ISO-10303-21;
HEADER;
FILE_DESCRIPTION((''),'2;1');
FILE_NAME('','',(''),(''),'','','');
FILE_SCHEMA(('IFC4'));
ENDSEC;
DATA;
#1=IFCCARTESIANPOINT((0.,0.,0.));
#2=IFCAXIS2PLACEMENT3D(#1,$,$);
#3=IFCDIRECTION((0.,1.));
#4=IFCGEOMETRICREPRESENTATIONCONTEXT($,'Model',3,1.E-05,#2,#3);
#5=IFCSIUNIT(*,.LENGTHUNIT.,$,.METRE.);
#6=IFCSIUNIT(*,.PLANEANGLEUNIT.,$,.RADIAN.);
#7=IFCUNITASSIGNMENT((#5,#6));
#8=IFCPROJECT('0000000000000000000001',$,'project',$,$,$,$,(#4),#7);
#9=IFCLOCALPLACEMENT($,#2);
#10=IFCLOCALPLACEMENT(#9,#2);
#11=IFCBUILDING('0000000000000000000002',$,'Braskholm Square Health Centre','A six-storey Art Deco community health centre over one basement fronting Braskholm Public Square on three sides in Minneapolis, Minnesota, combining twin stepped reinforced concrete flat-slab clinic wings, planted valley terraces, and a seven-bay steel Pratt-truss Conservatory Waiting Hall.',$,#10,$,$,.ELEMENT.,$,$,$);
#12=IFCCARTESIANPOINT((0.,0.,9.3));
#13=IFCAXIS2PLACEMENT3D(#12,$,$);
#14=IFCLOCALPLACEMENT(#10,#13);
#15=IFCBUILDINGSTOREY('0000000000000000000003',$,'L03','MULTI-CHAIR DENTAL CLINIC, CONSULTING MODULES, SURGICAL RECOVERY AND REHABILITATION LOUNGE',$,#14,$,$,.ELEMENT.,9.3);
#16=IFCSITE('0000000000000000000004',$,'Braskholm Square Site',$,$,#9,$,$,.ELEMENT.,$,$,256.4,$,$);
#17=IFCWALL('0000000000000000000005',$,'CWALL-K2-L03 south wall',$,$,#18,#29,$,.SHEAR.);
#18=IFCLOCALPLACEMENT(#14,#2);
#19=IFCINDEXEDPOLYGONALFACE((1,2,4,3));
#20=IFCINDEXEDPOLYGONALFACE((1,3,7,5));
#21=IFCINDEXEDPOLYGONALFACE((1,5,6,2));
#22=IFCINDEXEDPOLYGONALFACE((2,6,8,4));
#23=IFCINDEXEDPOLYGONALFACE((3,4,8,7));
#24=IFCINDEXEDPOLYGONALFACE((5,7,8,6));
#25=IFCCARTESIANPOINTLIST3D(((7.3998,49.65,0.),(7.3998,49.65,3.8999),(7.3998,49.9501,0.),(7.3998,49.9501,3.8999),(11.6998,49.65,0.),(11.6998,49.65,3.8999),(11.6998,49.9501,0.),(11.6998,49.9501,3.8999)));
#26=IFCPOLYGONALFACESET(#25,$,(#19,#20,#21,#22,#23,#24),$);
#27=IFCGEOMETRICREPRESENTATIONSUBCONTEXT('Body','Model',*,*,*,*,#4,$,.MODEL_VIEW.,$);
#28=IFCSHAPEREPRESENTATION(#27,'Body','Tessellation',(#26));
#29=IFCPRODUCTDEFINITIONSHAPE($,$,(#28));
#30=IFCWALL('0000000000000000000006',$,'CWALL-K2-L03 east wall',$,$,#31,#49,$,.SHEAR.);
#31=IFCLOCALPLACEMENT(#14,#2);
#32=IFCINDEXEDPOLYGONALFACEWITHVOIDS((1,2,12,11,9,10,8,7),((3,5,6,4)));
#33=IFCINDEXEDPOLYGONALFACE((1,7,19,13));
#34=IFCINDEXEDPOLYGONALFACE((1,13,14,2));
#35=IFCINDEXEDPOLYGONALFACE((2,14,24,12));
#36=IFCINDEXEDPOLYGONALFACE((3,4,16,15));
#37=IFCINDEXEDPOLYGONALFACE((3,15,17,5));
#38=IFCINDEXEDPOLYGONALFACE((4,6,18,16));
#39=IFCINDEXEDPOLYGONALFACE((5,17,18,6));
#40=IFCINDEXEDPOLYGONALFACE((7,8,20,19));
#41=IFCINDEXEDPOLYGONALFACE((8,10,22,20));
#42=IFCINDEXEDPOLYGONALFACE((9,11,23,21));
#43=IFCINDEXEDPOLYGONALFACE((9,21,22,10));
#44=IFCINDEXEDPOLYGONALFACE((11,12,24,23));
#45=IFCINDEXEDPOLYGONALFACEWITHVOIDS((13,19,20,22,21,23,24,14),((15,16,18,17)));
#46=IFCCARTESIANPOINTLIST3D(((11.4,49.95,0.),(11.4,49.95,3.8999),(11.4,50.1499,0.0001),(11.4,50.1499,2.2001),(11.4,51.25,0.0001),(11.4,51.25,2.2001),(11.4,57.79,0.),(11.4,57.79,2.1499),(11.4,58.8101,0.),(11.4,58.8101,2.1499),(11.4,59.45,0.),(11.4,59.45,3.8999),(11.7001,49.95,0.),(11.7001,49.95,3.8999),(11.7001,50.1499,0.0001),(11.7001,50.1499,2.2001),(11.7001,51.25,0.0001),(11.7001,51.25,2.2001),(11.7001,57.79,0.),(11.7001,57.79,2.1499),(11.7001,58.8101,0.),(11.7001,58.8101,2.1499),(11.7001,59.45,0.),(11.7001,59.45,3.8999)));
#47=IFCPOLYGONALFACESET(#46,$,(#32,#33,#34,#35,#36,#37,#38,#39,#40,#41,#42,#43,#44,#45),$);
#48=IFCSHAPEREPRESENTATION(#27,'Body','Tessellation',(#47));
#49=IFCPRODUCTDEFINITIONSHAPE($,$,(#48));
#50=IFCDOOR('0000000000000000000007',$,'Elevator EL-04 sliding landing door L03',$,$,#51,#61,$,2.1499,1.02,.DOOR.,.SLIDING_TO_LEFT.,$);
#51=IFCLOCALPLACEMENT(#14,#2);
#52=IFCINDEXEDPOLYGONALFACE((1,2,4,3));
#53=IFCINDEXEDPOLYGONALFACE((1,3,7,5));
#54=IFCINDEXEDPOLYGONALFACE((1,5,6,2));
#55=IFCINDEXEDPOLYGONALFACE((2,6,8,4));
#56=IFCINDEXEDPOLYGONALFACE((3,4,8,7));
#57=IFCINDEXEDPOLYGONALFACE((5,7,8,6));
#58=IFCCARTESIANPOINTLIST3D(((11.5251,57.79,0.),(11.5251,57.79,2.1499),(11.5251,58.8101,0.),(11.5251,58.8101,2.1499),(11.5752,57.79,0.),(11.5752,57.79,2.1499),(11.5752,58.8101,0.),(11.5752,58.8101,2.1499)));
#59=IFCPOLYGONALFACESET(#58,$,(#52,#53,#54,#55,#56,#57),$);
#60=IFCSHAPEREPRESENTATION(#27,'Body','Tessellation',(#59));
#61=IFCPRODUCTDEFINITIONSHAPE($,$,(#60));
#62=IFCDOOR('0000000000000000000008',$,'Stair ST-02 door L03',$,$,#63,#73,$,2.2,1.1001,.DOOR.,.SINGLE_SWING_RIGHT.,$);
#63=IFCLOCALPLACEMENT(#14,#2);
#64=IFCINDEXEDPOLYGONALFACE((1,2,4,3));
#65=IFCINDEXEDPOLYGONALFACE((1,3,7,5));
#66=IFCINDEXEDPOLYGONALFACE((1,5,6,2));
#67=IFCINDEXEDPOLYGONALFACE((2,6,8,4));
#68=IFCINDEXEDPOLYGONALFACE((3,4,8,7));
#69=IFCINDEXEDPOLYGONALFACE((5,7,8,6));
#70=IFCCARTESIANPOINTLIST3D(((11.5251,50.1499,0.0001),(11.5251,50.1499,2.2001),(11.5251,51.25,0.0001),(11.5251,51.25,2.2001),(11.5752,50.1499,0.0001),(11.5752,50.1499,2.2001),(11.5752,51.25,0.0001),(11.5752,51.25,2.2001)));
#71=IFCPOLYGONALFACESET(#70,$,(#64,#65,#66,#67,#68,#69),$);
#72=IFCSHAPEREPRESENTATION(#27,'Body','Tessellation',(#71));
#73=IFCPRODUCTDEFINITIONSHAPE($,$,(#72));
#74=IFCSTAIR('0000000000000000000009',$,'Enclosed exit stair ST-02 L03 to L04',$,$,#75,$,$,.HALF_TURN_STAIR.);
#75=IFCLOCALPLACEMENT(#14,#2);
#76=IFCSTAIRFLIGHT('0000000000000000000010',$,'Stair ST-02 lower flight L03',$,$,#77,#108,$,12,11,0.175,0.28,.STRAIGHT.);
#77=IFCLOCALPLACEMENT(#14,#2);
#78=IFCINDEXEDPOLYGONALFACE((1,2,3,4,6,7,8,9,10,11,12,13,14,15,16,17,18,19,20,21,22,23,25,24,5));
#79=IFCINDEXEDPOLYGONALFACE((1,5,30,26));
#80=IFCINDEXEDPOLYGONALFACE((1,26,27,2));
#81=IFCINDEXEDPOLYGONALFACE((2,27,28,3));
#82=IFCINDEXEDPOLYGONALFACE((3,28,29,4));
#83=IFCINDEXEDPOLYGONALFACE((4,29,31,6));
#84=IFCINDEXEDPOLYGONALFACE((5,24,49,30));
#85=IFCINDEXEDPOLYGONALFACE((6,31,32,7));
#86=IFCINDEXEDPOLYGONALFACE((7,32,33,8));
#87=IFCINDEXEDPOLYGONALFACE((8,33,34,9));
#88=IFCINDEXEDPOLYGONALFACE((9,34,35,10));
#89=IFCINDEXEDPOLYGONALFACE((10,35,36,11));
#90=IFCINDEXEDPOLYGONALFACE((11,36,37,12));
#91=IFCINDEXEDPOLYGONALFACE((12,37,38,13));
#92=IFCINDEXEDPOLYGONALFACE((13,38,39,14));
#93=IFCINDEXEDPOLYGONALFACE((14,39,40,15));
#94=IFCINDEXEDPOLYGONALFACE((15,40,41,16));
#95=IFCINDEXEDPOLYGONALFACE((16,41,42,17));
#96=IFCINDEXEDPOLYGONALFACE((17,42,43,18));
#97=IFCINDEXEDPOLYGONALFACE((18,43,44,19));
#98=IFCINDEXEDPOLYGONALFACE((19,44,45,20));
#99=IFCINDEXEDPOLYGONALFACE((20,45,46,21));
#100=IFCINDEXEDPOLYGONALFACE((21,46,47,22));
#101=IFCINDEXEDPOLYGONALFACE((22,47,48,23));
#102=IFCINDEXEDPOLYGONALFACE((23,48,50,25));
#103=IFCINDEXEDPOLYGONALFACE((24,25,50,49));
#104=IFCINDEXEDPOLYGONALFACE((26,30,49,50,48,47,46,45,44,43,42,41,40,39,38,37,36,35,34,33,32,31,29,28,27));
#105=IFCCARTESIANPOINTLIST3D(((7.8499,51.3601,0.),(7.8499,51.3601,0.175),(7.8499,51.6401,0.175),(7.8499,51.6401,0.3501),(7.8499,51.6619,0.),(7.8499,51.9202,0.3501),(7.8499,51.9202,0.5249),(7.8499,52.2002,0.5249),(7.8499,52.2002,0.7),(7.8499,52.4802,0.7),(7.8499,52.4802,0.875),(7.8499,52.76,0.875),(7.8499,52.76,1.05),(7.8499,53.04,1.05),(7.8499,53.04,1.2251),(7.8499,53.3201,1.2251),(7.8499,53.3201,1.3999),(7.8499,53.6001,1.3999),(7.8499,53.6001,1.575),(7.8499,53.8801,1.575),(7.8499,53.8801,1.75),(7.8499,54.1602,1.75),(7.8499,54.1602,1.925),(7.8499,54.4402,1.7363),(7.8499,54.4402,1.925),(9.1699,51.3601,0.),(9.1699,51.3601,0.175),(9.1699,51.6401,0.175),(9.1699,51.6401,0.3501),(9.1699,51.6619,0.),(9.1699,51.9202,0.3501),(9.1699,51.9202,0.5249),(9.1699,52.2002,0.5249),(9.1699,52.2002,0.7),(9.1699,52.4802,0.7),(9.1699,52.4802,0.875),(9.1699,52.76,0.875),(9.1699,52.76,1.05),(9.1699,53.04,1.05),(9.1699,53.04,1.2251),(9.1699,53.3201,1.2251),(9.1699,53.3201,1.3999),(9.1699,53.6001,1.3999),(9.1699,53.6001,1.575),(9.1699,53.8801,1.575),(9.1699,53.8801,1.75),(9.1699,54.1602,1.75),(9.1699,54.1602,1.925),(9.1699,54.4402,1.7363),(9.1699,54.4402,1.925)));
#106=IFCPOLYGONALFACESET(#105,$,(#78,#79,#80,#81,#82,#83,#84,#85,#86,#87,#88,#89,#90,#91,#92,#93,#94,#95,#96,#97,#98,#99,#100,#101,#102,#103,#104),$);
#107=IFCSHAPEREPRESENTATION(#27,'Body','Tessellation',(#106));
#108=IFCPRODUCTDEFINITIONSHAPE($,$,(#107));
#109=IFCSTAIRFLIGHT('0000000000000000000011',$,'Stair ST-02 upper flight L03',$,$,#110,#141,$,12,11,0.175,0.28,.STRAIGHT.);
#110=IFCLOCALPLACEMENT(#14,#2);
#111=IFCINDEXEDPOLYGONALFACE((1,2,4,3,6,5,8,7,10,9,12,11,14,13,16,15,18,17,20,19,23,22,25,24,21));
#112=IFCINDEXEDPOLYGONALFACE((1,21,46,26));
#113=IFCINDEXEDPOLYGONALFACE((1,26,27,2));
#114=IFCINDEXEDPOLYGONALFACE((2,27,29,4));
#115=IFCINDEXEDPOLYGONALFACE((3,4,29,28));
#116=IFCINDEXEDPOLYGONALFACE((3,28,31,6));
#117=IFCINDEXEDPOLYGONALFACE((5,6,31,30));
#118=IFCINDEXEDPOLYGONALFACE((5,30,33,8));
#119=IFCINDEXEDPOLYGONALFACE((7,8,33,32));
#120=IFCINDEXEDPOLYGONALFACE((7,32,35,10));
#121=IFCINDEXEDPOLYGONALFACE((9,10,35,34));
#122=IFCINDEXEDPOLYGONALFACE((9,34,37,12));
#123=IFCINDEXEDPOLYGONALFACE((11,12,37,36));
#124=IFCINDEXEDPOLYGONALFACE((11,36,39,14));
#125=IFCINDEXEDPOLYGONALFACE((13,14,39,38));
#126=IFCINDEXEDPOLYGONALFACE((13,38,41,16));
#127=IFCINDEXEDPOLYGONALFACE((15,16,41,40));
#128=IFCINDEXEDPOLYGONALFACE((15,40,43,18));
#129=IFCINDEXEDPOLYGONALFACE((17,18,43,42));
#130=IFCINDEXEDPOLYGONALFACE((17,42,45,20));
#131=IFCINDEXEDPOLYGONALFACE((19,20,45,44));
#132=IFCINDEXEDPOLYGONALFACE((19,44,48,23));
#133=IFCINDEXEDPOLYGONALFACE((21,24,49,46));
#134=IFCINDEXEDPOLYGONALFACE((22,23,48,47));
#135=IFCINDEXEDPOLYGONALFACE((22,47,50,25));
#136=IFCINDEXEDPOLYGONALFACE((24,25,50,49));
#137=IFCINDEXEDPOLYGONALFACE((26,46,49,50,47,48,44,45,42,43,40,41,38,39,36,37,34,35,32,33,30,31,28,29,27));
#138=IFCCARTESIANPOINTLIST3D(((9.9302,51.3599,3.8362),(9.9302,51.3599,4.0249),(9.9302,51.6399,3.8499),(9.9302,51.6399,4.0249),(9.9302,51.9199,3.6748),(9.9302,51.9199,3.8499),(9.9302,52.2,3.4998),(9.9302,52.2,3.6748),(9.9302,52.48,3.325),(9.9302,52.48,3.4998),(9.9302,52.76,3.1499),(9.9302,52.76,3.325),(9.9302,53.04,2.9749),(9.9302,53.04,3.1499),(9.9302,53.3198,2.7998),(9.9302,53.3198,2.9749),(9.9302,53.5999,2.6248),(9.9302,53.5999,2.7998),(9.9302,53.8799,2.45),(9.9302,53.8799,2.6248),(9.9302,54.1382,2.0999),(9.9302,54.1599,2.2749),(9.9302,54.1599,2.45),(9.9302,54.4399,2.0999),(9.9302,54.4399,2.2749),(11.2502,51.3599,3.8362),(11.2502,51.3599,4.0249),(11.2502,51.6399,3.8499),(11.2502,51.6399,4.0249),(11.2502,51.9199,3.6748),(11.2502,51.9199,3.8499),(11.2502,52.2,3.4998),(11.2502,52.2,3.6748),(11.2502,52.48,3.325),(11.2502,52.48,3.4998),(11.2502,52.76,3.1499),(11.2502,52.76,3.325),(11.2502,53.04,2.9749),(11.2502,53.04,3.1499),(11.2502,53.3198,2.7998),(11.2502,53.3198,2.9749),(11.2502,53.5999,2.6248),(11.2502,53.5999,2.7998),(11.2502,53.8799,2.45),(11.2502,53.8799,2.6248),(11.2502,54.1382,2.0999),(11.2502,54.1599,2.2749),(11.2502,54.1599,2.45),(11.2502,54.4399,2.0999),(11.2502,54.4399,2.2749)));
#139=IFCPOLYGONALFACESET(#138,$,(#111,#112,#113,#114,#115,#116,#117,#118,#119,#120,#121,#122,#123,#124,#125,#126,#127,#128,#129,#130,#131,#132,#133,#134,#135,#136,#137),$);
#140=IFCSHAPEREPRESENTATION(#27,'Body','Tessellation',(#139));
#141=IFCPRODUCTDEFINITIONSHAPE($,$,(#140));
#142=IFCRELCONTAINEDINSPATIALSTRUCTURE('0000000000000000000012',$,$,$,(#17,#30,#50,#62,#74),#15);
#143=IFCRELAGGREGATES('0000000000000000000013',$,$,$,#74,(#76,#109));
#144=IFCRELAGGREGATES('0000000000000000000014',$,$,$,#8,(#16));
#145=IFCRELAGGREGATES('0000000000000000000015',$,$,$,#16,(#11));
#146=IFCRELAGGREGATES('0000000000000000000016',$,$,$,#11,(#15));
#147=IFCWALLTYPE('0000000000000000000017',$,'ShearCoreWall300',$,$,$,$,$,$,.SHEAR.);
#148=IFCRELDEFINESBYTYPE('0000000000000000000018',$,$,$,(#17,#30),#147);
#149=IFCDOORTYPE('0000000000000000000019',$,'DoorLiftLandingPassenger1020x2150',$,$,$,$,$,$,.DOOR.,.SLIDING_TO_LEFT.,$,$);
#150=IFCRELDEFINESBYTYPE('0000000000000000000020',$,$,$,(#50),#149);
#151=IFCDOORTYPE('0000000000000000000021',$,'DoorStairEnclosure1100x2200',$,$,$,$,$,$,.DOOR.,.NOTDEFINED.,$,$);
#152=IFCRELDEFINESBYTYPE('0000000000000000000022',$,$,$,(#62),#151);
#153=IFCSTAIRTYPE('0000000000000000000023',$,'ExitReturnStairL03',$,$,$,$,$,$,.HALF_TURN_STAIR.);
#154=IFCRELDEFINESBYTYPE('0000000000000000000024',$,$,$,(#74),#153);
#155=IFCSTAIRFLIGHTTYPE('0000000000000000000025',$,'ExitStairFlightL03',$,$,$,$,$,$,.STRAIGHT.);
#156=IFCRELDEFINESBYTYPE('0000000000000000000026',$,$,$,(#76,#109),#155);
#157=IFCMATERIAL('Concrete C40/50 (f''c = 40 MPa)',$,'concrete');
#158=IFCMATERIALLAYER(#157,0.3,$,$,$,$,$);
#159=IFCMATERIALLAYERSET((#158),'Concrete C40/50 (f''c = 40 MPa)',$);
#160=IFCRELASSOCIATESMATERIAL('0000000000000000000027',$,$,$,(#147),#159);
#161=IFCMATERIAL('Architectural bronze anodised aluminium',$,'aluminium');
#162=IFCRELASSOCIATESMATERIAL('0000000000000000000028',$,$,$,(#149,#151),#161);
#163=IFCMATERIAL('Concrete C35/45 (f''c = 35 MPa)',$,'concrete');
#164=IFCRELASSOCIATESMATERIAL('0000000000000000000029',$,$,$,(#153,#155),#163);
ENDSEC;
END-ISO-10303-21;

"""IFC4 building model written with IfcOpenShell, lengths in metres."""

from ifc_helpers import new_model, si_unit, direction, frame, frame_2d, origin, origin_with_axes, place, context, subcontext, project, spatial, polyline, rectangle, outline, extrude, material, layer, layer_set, type_object, element, fill, aggregate, save


model = new_model("IFC4")

# Units and contexts
model_context = context("Model", 3, precision=1e-05, world=origin(), true_north=direction((0.0, 1.0)))
body_context = subcontext(model_context, "Body", "Model", "MODEL_VIEW")
ifc_project = project(units=[si_unit("LENGTHUNIT", "METRE"), si_unit("PLANEANGLEUNIT", "RADIAN")], contexts=[model_context])

# Site, building, storey
site_placement = place(None, origin())
site = spatial("IfcSite", under=ifc_project, at=site_placement, Name="Braskholm Square Site", CompositionType="ELEMENT", RefElevation=256.4)
building_placement = place(site_placement, origin())
building = spatial("IfcBuilding", under=site, at=building_placement, Name="Braskholm Square Health Centre", Description="A six-storey Art Deco community health centre over one basement fronting Braskholm Public Square on three sides in Minneapolis, Minnesota, combining twin stepped reinforced concrete flat-slab clinic wings, planted valley terraces, and a seven-bay steel Pratt-truss Conservatory Waiting Hall.", CompositionType="ELEMENT")
storey_placement = place(building_placement, frame((0.0, 0.0, 9.3)))
storey = spatial("IfcBuildingStorey", under=building, at=storey_placement, Name="L03", Description="MULTI-CHAIR DENTAL CLINIC, CONSULTING MODULES, SURGICAL RECOVERY AND REHABILITATION LOUNGE", CompositionType="ELEMENT", Elevation=9.3)

# Shared definitions
ifc_material_1 = material(Name="Concrete C40/50 (f'c = 40 MPa)", Category="concrete")

# Shared definitions
ifc_material_2 = material(Name="Architectural bronze anodised aluminium", Category="aluminium")

# Shared definitions
ifc_material_3 = material(Name="Concrete C35/45 (f'c = 35 MPa)", Category="concrete")

# Wall
ifc_layer_1 = layer(ifc_material_1, 0.3)
ifc_layer_set_1 = layer_set([ifc_layer_1], Name="Concrete C40/50 (f'c = 40 MPa)")
wall_type_1 = type_object("IfcWallType", Name="ShearCoreWall300", PredefinedType="SHEAR", material=ifc_layer_set_1)
wall_1_placement = place(storey_placement, frame((7.3999, 49.8, 0.0), z_axis=(0.0, 0.0, 1.0), x_axis=(1.0, 0.0, 0.0)))
element("IfcWall", 1, at=wall_1_placement, inside=storey, type_object=wall_type_1, Name="CWALL-K2-L03 south wall", PredefinedType="SHEAR", context=body_context, shape_type="SweptSolid", body=[
    extrude(rectangle(XDim=4.3, YDim=0.3, at=frame_2d((2.1499, 0.0))), origin(), (0.0, 0.0, 1.0), 3.8999),
])

# Wall, openings, doors
wall_2_placement = place(storey_placement, frame((11.55, 49.95, 0.0), z_axis=(0.0, 0.0, 1.0), x_axis=(0.0, 1.0, 0.0)))
wall_2 = element("IfcWall", 2, at=wall_2_placement, inside=storey, type_object=wall_type_1, Name="CWALL-K2-L03 east wall", PredefinedType="SHEAR", context=body_context, shape_type="SweptSolid", body=[
    extrude(rectangle(XDim=9.5, YDim=0.3, at=frame_2d((4.75, 0.0))), origin(), (0.0, 0.0, 1.0), 3.8999),
])
opening_1_placement = place(wall_2_placement, frame((0.2, 0.0, 0.0)))
opening_1 = element("IfcOpeningElement", 3, at=opening_1_placement, cuts=wall_2, PredefinedType="OPENING", context=body_context, shape_type="SweptSolid", body=[
    extrude(rectangle(XDim=1.1001, YDim=2.2, at=frame_2d((0.55, 1.1001))), frame((0.0, 0.1602, 0.0), z_axis=(0.0, -1.0, 0.0), x_axis=(1.0, 0.0, 0.0)), (0.0, 0.0, 1.0), 0.3201),
])
opening_2_placement = place(wall_2_placement, frame((7.8401, 0.0, 0.0)))
opening_2 = element("IfcOpeningElement", 4, at=opening_2_placement, cuts=wall_2, PredefinedType="OPENING", context=body_context, shape_type="SweptSolid", body=[
    extrude(rectangle(XDim=1.02, YDim=2.1499, at=frame_2d((0.51, 1.075))), frame((0.0, 0.1602, 0.0), z_axis=(0.0, -1.0, 0.0), x_axis=(1.0, 0.0, 0.0)), (0.0, 0.0, 1.0), 0.3201),
])
door_type_1 = type_object("IfcDoorType", Name="DoorLiftLandingPassenger1020x2150", OperationType="SLIDING_TO_LEFT", PredefinedType="DOOR", material=ifc_material_2)
door_1_placement = place(opening_2_placement, origin_with_axes())
door_1 = element("IfcDoor", 5, at=door_1_placement, inside=storey, type_object=door_type_1, Name="Elevator EL-04 sliding landing door L03", OperationType="SLIDING_TO_LEFT", OverallHeight=2.1499, OverallWidth=1.02, PredefinedType="DOOR", context=body_context, shape_type="SweptSolid", body=[
    extrude(rectangle(XDim=1.02, YDim=2.1499, at=frame_2d((0.51, 1.075))), frame((0.0, 0.0249, 0.0), z_axis=(0.0, -1.0, 0.0), x_axis=(1.0, 0.0, 0.0)), (0.0, 0.0, 1.0), 0.05),
])
fill(opening_2, door_1)
door_type_2 = type_object("IfcDoorType", Name="DoorStairEnclosure1100x2200", OperationType="NOTDEFINED", PredefinedType="DOOR", material=ifc_material_2)
door_2_placement = place(opening_1_placement, origin_with_axes())
door_2 = element("IfcDoor", 6, at=door_2_placement, inside=storey, type_object=door_type_2, Name="Stair ST-02 door L03", OperationType="SINGLE_SWING_RIGHT", OverallHeight=2.2, OverallWidth=1.1001, PredefinedType="DOOR", context=body_context, shape_type="SweptSolid", body=[
    extrude(rectangle(XDim=1.1001, YDim=2.2, at=frame_2d((0.55, 1.1001))), frame((0.0, 0.0249, 0.0), z_axis=(0.0, -1.0, 0.0), x_axis=(1.0, 0.0, 0.0)), (0.0, 0.0, 1.0), 0.05),
])
fill(opening_1, door_2)

# Stair, stair flights
stair_type = type_object("IfcStairType", Name="ExitReturnStairL03", PredefinedType="HALF_TURN_STAIR", material=ifc_material_3)
stair_placement = place(storey_placement, origin())
stair = element("IfcStair", 7, at=stair_placement, inside=storey, type_object=stair_type, Name="Enclosed exit stair ST-02 L03 to L04", PredefinedType="HALF_TURN_STAIR")
stair_flight_type = type_object("IfcStairFlightType", Name="ExitStairFlightL03", PredefinedType="STRAIGHT", material=ifc_material_3)
stair_flight_1_placement = place(storey_placement, frame((8.51, 51.3601, 0.0), z_axis=(0.0, 0.0, 1.0), x_axis=(0.0, 1.0, 0.0)))
stair_flight_1 = element("IfcStairFlight", 8, at=stair_flight_1_placement, type_object=stair_flight_type, Name="Stair ST-02 lower flight L03", NumberOfRisers=12, NumberOfTreads=11, PredefinedType="STRAIGHT", RiserHeight=0.175, TreadLength=0.28, context=body_context, shape_type="SweptSolid", body=[
    extrude(outline(polyline([(0.0, 0.0), (0.0, 0.175), (0.28, 0.175), (0.28, 0.3501), (0.5601, 0.3501), (0.5601, 0.5249), (0.8401, 0.5249), (0.8401, 0.7), (1.1201, 0.7), (1.1201, 0.875), (1.3999, 0.875), (1.3999, 1.05), (1.6799, 1.05), (1.6799, 1.2251), (1.96, 1.2251), (1.96, 1.3999), (2.24, 1.3999), (2.24, 1.575), (2.52, 1.575), (2.52, 1.75), (2.8, 1.75), (2.8, 1.925), (3.0801, 1.925), (3.0801, 2.1001), (3.0801, 1.7363), (0.3018, 0.0), (0.0, 0.0)])), frame((0.0, 0.6602, 0.0), z_axis=(0.0, -1.0, 0.0), x_axis=(1.0, 0.0, 0.0)), (0.0, 0.0, 1.0), 1.3201),
])
stair_flight_2_placement = place(storey_placement, frame((10.5901, 54.4399, 2.0999), z_axis=(0.0, 0.0, 1.0), x_axis=(0.0, -1.0, 0.0)))
stair_flight_2 = element("IfcStairFlight", 9, at=stair_flight_2_placement, type_object=stair_flight_type, Name="Stair ST-02 upper flight L03", NumberOfRisers=12, NumberOfTreads=11, PredefinedType="STRAIGHT", RiserHeight=0.175, TreadLength=0.28, context=body_context, shape_type="SweptSolid", body=[
    extrude(outline(polyline([(0.0, 0.0), (0.0, 0.175), (0.28, 0.175), (0.28, 0.3501), (0.5601, 0.3501), (0.5601, 0.5249), (0.8401, 0.5249), (0.8401, 0.7), (1.1201, 0.7), (1.1201, 0.875), (1.3999, 0.875), (1.3999, 1.05), (1.6799, 1.05), (1.6799, 1.2251), (1.96, 1.2251), (1.96, 1.3999), (2.24, 1.3999), (2.24, 1.575), (2.52, 1.575), (2.52, 1.75), (2.8, 1.75), (2.8, 1.925), (3.0801, 1.925), (3.0801, 2.1001), (3.0801, 1.7363), (0.3018, 0.0), (0.0, 0.0)])), frame((0.0, 0.6602, 0.0), z_axis=(0.0, -1.0, 0.0), x_axis=(1.0, 0.0, 0.0)), (0.0, 0.0, 1.0), 1.3201),
])
aggregate(stair, [stair_flight_1, stair_flight_2])

save(model, "model.ifc")
